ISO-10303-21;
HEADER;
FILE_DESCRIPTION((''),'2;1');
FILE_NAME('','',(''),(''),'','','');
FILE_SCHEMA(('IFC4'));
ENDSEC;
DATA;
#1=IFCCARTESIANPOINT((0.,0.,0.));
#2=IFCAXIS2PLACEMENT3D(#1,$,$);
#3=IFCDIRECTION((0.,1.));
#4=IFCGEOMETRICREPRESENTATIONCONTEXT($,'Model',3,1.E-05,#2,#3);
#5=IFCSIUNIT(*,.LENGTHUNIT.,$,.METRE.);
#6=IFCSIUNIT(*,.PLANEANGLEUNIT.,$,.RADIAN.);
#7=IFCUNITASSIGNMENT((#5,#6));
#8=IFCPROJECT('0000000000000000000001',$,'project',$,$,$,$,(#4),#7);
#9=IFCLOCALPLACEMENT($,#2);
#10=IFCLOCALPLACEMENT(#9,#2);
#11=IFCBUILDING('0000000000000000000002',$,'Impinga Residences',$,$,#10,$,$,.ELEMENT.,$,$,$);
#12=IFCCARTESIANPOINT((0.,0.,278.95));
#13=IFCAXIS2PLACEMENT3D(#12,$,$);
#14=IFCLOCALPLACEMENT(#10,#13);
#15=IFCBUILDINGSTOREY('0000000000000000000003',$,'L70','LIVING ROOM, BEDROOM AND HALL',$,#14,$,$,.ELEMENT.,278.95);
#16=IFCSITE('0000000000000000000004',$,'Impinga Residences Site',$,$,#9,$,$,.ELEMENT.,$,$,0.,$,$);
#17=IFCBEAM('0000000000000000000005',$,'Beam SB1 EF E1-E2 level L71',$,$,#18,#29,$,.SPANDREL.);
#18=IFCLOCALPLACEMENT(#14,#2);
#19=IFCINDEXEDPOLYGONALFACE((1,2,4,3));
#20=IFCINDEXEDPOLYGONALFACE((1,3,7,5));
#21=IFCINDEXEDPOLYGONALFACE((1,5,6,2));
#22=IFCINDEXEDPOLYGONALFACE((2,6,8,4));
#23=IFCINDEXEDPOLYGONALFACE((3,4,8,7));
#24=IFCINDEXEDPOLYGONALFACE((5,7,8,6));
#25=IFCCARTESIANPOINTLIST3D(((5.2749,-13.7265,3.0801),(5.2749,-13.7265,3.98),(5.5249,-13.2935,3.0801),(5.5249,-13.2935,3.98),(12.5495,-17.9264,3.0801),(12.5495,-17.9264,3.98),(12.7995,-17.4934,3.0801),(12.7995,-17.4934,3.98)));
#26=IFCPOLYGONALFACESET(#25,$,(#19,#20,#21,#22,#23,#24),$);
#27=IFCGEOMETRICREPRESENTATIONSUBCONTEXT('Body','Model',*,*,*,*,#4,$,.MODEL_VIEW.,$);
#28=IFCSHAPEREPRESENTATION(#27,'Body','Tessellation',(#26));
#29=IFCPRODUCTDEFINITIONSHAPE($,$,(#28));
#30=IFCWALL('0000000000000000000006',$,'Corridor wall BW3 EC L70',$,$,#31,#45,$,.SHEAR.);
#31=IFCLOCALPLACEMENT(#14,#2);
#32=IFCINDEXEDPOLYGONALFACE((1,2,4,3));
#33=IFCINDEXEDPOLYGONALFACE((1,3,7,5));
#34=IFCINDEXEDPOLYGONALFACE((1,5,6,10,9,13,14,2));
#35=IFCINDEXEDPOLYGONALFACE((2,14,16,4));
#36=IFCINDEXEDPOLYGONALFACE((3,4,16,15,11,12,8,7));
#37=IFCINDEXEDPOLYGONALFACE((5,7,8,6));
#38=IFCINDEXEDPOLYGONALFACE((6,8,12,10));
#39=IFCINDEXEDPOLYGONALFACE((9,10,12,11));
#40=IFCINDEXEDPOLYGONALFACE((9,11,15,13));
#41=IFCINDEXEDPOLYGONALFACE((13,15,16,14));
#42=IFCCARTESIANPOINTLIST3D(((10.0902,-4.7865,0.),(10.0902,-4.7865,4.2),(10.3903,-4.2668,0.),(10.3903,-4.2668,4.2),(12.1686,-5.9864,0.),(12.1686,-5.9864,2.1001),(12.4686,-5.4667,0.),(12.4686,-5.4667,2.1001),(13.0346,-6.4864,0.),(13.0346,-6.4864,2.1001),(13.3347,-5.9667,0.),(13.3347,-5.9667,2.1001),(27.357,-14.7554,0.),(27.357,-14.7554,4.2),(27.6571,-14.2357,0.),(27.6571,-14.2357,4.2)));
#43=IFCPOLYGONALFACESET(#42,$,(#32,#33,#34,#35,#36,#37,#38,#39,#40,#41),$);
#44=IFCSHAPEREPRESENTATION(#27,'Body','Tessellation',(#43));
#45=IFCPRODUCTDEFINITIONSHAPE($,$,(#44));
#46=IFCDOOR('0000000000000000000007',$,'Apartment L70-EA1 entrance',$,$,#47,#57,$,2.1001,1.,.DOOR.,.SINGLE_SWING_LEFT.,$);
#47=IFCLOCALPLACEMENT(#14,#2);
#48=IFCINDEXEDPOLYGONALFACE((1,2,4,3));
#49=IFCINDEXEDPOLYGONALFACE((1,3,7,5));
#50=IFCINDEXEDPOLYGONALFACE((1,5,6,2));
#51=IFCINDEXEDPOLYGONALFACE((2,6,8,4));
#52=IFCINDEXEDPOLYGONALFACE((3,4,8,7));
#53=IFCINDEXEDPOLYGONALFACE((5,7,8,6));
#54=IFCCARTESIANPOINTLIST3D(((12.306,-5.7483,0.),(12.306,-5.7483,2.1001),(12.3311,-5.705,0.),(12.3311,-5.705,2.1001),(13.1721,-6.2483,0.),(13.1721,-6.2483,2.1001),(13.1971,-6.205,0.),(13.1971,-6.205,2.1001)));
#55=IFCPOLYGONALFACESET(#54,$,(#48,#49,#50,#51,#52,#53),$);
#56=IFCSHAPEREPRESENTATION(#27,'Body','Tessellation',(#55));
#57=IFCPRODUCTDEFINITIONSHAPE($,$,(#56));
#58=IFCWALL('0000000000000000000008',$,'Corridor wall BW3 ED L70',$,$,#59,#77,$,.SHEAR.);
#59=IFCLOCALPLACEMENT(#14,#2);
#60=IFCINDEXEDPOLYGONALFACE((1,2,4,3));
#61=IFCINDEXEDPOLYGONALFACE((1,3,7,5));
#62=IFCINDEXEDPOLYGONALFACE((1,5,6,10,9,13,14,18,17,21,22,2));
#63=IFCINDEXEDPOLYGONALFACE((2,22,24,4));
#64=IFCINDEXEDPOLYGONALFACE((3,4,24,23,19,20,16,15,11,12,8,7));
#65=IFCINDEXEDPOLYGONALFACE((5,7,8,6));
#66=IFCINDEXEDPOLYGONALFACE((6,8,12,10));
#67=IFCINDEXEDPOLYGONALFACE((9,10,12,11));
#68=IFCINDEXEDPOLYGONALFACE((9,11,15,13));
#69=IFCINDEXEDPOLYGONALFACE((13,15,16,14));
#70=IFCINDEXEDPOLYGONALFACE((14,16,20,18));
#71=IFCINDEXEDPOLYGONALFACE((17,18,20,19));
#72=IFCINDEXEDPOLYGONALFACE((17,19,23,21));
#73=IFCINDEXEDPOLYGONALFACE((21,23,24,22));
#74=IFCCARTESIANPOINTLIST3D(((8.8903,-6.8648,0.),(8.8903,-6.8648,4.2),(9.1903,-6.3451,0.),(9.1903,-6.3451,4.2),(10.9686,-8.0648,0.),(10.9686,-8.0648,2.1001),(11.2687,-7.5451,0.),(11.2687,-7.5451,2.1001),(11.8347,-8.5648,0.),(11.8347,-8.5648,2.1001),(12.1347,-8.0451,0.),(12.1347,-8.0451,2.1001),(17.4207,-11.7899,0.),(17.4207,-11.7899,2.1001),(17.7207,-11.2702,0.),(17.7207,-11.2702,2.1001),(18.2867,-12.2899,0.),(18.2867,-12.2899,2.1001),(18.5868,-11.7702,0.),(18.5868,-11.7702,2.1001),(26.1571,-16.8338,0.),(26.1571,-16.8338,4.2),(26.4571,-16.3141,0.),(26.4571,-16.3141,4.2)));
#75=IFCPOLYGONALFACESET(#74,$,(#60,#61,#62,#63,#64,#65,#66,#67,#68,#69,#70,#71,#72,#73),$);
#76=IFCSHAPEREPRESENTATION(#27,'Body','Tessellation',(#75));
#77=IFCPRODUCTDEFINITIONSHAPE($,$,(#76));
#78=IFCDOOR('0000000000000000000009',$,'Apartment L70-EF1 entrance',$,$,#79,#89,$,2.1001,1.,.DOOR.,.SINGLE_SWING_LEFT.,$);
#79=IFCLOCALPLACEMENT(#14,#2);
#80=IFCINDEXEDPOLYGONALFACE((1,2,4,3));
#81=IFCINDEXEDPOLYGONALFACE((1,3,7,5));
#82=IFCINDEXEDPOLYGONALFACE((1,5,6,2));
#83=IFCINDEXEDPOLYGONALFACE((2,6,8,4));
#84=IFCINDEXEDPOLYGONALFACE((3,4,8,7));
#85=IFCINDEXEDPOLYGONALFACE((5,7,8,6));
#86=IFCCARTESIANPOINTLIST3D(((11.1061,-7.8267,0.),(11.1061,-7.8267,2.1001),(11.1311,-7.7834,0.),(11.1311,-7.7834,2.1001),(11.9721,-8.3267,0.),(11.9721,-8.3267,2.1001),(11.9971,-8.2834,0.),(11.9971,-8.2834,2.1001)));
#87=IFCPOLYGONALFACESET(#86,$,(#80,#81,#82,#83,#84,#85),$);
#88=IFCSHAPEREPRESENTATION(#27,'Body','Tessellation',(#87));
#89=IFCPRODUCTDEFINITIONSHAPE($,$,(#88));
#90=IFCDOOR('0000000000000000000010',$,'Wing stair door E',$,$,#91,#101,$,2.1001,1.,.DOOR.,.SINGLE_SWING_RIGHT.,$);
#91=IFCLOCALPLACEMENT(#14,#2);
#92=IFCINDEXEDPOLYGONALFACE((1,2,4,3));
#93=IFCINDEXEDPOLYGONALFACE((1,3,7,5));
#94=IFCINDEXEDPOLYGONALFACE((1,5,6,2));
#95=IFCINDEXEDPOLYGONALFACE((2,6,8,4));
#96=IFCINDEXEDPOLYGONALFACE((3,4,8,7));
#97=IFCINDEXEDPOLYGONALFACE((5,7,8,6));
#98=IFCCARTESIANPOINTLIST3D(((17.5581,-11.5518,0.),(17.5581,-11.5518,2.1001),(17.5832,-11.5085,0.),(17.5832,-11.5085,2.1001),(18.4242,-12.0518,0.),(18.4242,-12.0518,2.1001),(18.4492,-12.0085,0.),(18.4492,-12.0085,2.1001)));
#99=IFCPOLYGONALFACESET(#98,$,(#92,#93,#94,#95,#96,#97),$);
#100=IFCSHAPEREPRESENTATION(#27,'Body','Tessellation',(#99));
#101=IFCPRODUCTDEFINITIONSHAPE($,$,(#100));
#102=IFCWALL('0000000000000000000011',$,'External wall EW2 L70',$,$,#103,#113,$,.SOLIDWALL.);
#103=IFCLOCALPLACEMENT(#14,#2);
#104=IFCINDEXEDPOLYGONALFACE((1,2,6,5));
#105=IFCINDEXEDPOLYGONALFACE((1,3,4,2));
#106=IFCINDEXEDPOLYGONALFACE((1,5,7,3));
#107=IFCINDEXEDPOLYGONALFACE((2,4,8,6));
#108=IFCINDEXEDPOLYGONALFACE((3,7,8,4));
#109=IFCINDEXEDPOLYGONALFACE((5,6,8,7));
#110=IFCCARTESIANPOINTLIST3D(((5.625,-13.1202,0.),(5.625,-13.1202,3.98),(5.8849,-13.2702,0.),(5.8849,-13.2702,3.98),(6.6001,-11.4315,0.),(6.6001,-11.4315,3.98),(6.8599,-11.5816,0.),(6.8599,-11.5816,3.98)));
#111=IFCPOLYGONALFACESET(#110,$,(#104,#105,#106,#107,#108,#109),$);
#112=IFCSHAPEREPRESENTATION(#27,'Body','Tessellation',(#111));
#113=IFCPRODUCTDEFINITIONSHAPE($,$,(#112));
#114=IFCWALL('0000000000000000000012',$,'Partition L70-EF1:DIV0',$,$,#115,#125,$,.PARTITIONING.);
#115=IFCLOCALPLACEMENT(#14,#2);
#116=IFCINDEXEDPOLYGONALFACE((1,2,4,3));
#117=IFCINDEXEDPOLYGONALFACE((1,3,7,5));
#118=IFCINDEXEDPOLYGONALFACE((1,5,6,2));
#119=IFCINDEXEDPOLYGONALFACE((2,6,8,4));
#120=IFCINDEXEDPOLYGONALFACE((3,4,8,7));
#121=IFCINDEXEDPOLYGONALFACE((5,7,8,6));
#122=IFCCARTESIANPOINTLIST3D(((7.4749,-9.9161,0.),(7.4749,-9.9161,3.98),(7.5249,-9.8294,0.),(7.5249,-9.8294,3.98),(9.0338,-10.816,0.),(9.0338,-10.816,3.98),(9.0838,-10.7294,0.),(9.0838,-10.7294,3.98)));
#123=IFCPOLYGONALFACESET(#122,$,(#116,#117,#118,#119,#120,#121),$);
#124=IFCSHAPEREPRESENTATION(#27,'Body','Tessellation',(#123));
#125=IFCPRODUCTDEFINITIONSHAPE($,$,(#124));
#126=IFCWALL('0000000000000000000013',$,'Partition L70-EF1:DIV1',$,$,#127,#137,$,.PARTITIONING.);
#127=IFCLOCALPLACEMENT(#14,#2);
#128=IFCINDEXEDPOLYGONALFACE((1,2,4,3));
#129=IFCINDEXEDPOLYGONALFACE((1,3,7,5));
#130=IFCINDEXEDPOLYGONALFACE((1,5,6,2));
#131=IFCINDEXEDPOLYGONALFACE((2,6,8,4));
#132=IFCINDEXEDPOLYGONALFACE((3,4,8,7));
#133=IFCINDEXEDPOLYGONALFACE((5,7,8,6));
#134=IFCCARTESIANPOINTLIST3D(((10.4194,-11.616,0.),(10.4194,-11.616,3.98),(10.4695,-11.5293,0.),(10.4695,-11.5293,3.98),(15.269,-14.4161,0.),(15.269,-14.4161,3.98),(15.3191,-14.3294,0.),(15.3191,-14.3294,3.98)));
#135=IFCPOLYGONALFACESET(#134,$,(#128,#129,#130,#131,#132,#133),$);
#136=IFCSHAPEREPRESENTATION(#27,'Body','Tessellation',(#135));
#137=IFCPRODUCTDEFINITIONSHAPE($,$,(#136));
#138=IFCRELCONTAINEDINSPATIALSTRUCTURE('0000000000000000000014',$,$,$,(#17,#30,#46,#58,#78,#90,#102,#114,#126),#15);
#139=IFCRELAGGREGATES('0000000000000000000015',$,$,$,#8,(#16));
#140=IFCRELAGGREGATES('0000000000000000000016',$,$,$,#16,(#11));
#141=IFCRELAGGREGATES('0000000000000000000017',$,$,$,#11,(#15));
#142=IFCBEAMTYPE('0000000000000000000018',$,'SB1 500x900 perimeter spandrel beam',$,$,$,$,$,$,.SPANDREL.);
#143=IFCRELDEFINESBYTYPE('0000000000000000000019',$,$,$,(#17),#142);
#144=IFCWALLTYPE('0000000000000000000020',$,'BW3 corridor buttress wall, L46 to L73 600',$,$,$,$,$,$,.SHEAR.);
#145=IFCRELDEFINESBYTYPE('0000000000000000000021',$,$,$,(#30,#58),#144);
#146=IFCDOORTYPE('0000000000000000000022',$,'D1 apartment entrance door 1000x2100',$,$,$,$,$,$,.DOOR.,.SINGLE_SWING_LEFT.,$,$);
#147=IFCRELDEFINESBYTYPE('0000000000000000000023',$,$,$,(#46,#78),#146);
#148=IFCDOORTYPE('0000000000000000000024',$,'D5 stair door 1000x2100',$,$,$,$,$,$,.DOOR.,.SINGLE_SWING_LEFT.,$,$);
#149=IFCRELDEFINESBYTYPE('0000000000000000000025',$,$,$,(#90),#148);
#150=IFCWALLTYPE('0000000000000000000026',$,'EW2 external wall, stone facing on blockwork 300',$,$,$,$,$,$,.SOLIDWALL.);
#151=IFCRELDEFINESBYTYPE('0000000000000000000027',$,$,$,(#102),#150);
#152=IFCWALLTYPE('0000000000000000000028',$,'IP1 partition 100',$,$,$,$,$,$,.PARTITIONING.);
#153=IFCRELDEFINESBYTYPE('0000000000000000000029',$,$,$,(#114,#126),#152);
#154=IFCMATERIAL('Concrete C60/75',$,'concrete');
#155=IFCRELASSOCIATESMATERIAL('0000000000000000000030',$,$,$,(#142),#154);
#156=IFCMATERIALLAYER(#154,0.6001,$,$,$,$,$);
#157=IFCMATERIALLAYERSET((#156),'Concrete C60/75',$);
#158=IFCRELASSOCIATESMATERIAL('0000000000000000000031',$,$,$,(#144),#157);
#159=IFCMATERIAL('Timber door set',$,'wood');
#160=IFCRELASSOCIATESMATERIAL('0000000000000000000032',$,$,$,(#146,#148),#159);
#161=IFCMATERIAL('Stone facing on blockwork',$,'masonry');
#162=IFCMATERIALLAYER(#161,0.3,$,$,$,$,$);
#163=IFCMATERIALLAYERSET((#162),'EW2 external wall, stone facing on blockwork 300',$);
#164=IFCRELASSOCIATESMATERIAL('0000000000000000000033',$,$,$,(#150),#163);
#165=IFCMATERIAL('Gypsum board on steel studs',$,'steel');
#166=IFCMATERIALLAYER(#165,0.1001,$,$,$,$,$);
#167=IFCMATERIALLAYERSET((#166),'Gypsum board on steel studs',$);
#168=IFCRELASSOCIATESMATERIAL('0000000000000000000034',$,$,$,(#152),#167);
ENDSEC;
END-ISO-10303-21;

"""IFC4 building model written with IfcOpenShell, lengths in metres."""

from ifc_helpers import new_model, si_unit, direction, frame, frame_2d, origin, origin_2d, place, context, subcontext, project, spatial, rectangle, extrude, material, layer, layer_set, material_profile, profile_set, type_object, element, fill, save


model = new_model("IFC4")

# Units and contexts
model_context = context("Model", 3, precision=1e-05, world=origin(), true_north=direction((0.0, 1.0)))
body_context = subcontext(model_context, "Body", "Model", "MODEL_VIEW")
ifc_project = project(units=[si_unit("LENGTHUNIT", "METRE"), si_unit("PLANEANGLEUNIT", "RADIAN")], contexts=[model_context])

# Site, building, storey
site_placement = place(None, origin())
site = spatial("IfcSite", under=ifc_project, at=site_placement, Name="Impinga Residences Site", CompositionType="ELEMENT", RefElevation=0.0)
building_placement = place(site_placement, origin())
building = spatial("IfcBuilding", under=site, at=building_placement, Name="Impinga Residences", CompositionType="ELEMENT")
storey_placement = place(building_placement, frame((0.0, 0.0, 278.95)))
storey = spatial("IfcBuildingStorey", under=building, at=storey_placement, Name="L70", Description="LIVING ROOM, BEDROOM AND HALL", CompositionType="ELEMENT", Elevation=278.95)

# Beam
ifc_material_1 = material(Name="Concrete C60/75", Category="concrete")
ifc_material_profile = material_profile(ifc_material_1, rectangle(XDim=0.5, YDim=0.8999, at=origin_2d()), Name="RC 500x900")
ifc_profile_set = profile_set([ifc_material_profile], Name="Concrete C60/75")
beam_type = type_object("IfcBeamType", Name="SB1 500x900 perimeter spandrel beam", PredefinedType="SPANDREL", material=ifc_profile_set)
beam_placement = place(storey_placement, frame((5.3999, -13.51, 3.53), z_axis=(0.866029, -0.499993, 0.0), x_axis=(0.499993, 0.866029, 0.0)))
element("IfcBeam", 1, at=beam_placement, inside=storey, type_object=beam_type, Name="Beam SB1 EF E1-E2 level L71", PredefinedType="SPANDREL", context=body_context, shape_type="SweptSolid", body=[
    extrude(rectangle(XDim=0.5, YDim=0.8999, at=origin_2d()), origin(), (0.0, 0.0, 1.0), 8.3999),
])

# Wall, opening, door
ifc_layer_1 = layer(ifc_material_1, 0.6001)
ifc_layer_set_1 = layer_set([ifc_layer_1], Name="Concrete C60/75")
wall_type_1 = type_object("IfcWallType", Name="BW3 corridor buttress wall, L46 to L73 600", PredefinedType="SHEAR", material=ifc_layer_set_1)
wall_1_placement = place(storey_placement, frame((10.2402, -4.5266, 0.0), z_axis=(0.0, 0.0, 1.0), x_axis=(0.866026, -0.499999, 0.0)))
wall_1 = element("IfcWall", 2, at=wall_1_placement, inside=storey, type_object=wall_type_1, Name="Corridor wall BW3 EC L70", PredefinedType="SHEAR", context=body_context, shape_type="SweptSolid", body=[
    extrude(rectangle(XDim=19.938, YDim=0.6001, at=frame_2d((9.969, 0.0))), origin(), (0.0, 0.0, 1.0), 4.2),
])
opening_1_placement = place(wall_1_placement, frame((2.3999, 0.0, 0.0)))
opening_1 = element("IfcOpeningElement", 3, at=opening_1_placement, cuts=wall_1, PredefinedType="OPENING", context=body_context, shape_type="SweptSolid", body=[
    extrude(rectangle(XDim=1.0, YDim=2.1001, at=frame_2d((0.5, 1.05))), frame((0.0, 0.3101, 0.0), z_axis=(0.0, -1.0, 0.0), x_axis=(1.0, 0.0, 0.0)), (0.0, 0.0, 1.0), 0.6201),
])
ifc_material_2 = material(Name="Timber door set", Category="wood")
door_type_1 = type_object("IfcDoorType", Name="D1 apartment entrance door 1000x2100", OperationType="SINGLE_SWING_LEFT", PredefinedType="DOOR", material=ifc_material_2)
door_1_placement = place(opening_1_placement, origin())
door_1 = element("IfcDoor", 4, at=door_1_placement, inside=storey, type_object=door_type_1, Name="Apartment L70-EA1 entrance", OperationType="SINGLE_SWING_LEFT", OverallHeight=2.1001, OverallWidth=1.0, PredefinedType="DOOR", context=body_context, shape_type="SweptSolid", body=[
    extrude(rectangle(XDim=1.0, YDim=2.1001, at=frame_2d((0.5, 1.05))), frame((0.0, 0.0249, 0.0), z_axis=(0.0, -1.0, 0.0), x_axis=(1.0, 0.0, 0.0)), (0.0, 0.0, 1.0), 0.05),
])
fill(opening_1, door_1)

# Wall, openings, doors
wall_2_placement = place(storey_placement, frame((9.0403, -6.605, 0.0), z_axis=(0.0, 0.0, 1.0), x_axis=(0.866026, -0.499999, 0.0)))
wall_2 = element("IfcWall", 5, at=wall_2_placement, inside=storey, type_object=wall_type_1, Name="Corridor wall BW3 ED L70", PredefinedType="SHEAR", context=body_context, shape_type="SweptSolid", body=[
    extrude(rectangle(XDim=19.938, YDim=0.6001, at=frame_2d((9.969, 0.0))), origin(), (0.0, 0.0, 1.0), 4.2),
])
opening_2_placement = place(wall_2_placement, frame((9.8501, 0.0, 0.0)))
opening_2 = element("IfcOpeningElement", 6, at=opening_2_placement, cuts=wall_2, PredefinedType="OPENING", context=body_context, shape_type="SweptSolid", body=[
    extrude(rectangle(XDim=1.0, YDim=2.1001, at=frame_2d((0.5, 1.05))), frame((0.0, 0.3101, 0.0), z_axis=(0.0, -1.0, 0.0), x_axis=(1.0, 0.0, 0.0)), (0.0, 0.0, 1.0), 0.6201),
])
opening_3_placement = place(wall_2_placement, frame((2.3999, 0.0, 0.0)))
opening_3 = element("IfcOpeningElement", 7, at=opening_3_placement, cuts=wall_2, PredefinedType="OPENING", context=body_context, shape_type="SweptSolid", body=[
    extrude(rectangle(XDim=1.0, YDim=2.1001, at=frame_2d((0.5, 1.05))), frame((0.0, 0.3101, 0.0), z_axis=(0.0, -1.0, 0.0), x_axis=(1.0, 0.0, 0.0)), (0.0, 0.0, 1.0), 0.6201),
])
door_2_placement = place(opening_3_placement, origin())
door_2 = element("IfcDoor", 8, at=door_2_placement, inside=storey, type_object=door_type_1, Name="Apartment L70-EF1 entrance", OperationType="SINGLE_SWING_LEFT", OverallHeight=2.1001, OverallWidth=1.0, PredefinedType="DOOR", context=body_context, shape_type="SweptSolid", body=[
    extrude(rectangle(XDim=1.0, YDim=2.1001, at=frame_2d((0.5, 1.05))), frame((0.0, 0.0249, 0.0), z_axis=(0.0, -1.0, 0.0), x_axis=(1.0, 0.0, 0.0)), (0.0, 0.0, 1.0), 0.05),
])
fill(opening_3, door_2)
door_type_2 = type_object("IfcDoorType", Name="D5 stair door 1000x2100", OperationType="SINGLE_SWING_LEFT", PredefinedType="DOOR", material=ifc_material_2)
door_3_placement = place(opening_2_placement, origin())
door_3 = element("IfcDoor", 9, at=door_3_placement, inside=storey, type_object=door_type_2, Name="Wing stair door E", OperationType="SINGLE_SWING_RIGHT", OverallHeight=2.1001, OverallWidth=1.0, PredefinedType="DOOR", context=body_context, shape_type="SweptSolid", body=[
    extrude(rectangle(XDim=1.0, YDim=2.1001, at=frame_2d((0.5, 1.05))), frame((0.0, 0.0249, 0.0), z_axis=(0.0, -1.0, 0.0), x_axis=(1.0, 0.0, 0.0)), (0.0, 0.0, 1.0), 0.05),
])
fill(opening_2, door_3)

# Walls
ifc_material_3 = material(Name="Stone facing on blockwork", Category="masonry")
ifc_layer_2 = layer(ifc_material_3, 0.3)
ifc_layer_set_2 = layer_set([ifc_layer_2], Name="EW2 external wall, stone facing on blockwork 300")
wall_type_2 = type_object("IfcWallType", Name="EW2 external wall, stone facing on blockwork 300", PredefinedType="SOLIDWALL", material=ifc_layer_set_2)
wall_3_placement = place(storey_placement, frame((5.7549, -13.1953, 0.0), z_axis=(0.0, 0.0, 1.0), x_axis=(0.500044, 0.866, 0.0)))
element("IfcWall", 10, at=wall_3_placement, inside=storey, type_object=wall_type_2, Name="External wall EW2 L70", PredefinedType="SOLIDWALL", context=body_context, shape_type="SweptSolid", body=[
    extrude(rectangle(XDim=1.95, YDim=0.3, at=frame_2d((0.9751, 0.0))), origin(), (0.0, 0.0, 1.0), 3.98),
])
ifc_material_4 = material(Name="Gypsum board on steel studs", Category="steel")
ifc_layer_3 = layer(ifc_material_4, 0.1001)
ifc_layer_set_3 = layer_set([ifc_layer_3], Name="Gypsum board on steel studs")
wall_type_3 = type_object("IfcWallType", Name="IP1 partition 100", PredefinedType="PARTITIONING", material=ifc_layer_set_3)
wall_4_placement = place(storey_placement, frame((7.5, -9.8728, 0.0), z_axis=(0.0, 0.0, 1.0), x_axis=(0.866048, -0.499961, 0.0)))
element("IfcWall", 11, at=wall_4_placement, inside=storey, type_object=wall_type_3, Name="Partition L70-EF1:DIV0", PredefinedType="PARTITIONING", context=body_context, shape_type="SweptSolid", body=[
    extrude(rectangle(XDim=1.8, YDim=0.1001, at=frame_2d((0.8999, 0.0))), origin(), (0.0, 0.0, 1.0), 3.98),
])
wall_5_placement = place(storey_placement, frame((10.4446, -11.5728, 0.0), z_axis=(0.0, 0.0, 1.0), x_axis=(0.866016, -0.500017, 0.0)))
element("IfcWall", 12, at=wall_5_placement, inside=storey, type_object=wall_type_3, Name="Partition L70-EF1:DIV1", PredefinedType="PARTITIONING", context=body_context, shape_type="SweptSolid", body=[
    extrude(rectangle(XDim=5.5999, YDim=0.1001, at=frame_2d((2.7998, 0.0))), origin(), (0.0, 0.0, 1.0), 3.98),
])

save(model, "model.ifc")
